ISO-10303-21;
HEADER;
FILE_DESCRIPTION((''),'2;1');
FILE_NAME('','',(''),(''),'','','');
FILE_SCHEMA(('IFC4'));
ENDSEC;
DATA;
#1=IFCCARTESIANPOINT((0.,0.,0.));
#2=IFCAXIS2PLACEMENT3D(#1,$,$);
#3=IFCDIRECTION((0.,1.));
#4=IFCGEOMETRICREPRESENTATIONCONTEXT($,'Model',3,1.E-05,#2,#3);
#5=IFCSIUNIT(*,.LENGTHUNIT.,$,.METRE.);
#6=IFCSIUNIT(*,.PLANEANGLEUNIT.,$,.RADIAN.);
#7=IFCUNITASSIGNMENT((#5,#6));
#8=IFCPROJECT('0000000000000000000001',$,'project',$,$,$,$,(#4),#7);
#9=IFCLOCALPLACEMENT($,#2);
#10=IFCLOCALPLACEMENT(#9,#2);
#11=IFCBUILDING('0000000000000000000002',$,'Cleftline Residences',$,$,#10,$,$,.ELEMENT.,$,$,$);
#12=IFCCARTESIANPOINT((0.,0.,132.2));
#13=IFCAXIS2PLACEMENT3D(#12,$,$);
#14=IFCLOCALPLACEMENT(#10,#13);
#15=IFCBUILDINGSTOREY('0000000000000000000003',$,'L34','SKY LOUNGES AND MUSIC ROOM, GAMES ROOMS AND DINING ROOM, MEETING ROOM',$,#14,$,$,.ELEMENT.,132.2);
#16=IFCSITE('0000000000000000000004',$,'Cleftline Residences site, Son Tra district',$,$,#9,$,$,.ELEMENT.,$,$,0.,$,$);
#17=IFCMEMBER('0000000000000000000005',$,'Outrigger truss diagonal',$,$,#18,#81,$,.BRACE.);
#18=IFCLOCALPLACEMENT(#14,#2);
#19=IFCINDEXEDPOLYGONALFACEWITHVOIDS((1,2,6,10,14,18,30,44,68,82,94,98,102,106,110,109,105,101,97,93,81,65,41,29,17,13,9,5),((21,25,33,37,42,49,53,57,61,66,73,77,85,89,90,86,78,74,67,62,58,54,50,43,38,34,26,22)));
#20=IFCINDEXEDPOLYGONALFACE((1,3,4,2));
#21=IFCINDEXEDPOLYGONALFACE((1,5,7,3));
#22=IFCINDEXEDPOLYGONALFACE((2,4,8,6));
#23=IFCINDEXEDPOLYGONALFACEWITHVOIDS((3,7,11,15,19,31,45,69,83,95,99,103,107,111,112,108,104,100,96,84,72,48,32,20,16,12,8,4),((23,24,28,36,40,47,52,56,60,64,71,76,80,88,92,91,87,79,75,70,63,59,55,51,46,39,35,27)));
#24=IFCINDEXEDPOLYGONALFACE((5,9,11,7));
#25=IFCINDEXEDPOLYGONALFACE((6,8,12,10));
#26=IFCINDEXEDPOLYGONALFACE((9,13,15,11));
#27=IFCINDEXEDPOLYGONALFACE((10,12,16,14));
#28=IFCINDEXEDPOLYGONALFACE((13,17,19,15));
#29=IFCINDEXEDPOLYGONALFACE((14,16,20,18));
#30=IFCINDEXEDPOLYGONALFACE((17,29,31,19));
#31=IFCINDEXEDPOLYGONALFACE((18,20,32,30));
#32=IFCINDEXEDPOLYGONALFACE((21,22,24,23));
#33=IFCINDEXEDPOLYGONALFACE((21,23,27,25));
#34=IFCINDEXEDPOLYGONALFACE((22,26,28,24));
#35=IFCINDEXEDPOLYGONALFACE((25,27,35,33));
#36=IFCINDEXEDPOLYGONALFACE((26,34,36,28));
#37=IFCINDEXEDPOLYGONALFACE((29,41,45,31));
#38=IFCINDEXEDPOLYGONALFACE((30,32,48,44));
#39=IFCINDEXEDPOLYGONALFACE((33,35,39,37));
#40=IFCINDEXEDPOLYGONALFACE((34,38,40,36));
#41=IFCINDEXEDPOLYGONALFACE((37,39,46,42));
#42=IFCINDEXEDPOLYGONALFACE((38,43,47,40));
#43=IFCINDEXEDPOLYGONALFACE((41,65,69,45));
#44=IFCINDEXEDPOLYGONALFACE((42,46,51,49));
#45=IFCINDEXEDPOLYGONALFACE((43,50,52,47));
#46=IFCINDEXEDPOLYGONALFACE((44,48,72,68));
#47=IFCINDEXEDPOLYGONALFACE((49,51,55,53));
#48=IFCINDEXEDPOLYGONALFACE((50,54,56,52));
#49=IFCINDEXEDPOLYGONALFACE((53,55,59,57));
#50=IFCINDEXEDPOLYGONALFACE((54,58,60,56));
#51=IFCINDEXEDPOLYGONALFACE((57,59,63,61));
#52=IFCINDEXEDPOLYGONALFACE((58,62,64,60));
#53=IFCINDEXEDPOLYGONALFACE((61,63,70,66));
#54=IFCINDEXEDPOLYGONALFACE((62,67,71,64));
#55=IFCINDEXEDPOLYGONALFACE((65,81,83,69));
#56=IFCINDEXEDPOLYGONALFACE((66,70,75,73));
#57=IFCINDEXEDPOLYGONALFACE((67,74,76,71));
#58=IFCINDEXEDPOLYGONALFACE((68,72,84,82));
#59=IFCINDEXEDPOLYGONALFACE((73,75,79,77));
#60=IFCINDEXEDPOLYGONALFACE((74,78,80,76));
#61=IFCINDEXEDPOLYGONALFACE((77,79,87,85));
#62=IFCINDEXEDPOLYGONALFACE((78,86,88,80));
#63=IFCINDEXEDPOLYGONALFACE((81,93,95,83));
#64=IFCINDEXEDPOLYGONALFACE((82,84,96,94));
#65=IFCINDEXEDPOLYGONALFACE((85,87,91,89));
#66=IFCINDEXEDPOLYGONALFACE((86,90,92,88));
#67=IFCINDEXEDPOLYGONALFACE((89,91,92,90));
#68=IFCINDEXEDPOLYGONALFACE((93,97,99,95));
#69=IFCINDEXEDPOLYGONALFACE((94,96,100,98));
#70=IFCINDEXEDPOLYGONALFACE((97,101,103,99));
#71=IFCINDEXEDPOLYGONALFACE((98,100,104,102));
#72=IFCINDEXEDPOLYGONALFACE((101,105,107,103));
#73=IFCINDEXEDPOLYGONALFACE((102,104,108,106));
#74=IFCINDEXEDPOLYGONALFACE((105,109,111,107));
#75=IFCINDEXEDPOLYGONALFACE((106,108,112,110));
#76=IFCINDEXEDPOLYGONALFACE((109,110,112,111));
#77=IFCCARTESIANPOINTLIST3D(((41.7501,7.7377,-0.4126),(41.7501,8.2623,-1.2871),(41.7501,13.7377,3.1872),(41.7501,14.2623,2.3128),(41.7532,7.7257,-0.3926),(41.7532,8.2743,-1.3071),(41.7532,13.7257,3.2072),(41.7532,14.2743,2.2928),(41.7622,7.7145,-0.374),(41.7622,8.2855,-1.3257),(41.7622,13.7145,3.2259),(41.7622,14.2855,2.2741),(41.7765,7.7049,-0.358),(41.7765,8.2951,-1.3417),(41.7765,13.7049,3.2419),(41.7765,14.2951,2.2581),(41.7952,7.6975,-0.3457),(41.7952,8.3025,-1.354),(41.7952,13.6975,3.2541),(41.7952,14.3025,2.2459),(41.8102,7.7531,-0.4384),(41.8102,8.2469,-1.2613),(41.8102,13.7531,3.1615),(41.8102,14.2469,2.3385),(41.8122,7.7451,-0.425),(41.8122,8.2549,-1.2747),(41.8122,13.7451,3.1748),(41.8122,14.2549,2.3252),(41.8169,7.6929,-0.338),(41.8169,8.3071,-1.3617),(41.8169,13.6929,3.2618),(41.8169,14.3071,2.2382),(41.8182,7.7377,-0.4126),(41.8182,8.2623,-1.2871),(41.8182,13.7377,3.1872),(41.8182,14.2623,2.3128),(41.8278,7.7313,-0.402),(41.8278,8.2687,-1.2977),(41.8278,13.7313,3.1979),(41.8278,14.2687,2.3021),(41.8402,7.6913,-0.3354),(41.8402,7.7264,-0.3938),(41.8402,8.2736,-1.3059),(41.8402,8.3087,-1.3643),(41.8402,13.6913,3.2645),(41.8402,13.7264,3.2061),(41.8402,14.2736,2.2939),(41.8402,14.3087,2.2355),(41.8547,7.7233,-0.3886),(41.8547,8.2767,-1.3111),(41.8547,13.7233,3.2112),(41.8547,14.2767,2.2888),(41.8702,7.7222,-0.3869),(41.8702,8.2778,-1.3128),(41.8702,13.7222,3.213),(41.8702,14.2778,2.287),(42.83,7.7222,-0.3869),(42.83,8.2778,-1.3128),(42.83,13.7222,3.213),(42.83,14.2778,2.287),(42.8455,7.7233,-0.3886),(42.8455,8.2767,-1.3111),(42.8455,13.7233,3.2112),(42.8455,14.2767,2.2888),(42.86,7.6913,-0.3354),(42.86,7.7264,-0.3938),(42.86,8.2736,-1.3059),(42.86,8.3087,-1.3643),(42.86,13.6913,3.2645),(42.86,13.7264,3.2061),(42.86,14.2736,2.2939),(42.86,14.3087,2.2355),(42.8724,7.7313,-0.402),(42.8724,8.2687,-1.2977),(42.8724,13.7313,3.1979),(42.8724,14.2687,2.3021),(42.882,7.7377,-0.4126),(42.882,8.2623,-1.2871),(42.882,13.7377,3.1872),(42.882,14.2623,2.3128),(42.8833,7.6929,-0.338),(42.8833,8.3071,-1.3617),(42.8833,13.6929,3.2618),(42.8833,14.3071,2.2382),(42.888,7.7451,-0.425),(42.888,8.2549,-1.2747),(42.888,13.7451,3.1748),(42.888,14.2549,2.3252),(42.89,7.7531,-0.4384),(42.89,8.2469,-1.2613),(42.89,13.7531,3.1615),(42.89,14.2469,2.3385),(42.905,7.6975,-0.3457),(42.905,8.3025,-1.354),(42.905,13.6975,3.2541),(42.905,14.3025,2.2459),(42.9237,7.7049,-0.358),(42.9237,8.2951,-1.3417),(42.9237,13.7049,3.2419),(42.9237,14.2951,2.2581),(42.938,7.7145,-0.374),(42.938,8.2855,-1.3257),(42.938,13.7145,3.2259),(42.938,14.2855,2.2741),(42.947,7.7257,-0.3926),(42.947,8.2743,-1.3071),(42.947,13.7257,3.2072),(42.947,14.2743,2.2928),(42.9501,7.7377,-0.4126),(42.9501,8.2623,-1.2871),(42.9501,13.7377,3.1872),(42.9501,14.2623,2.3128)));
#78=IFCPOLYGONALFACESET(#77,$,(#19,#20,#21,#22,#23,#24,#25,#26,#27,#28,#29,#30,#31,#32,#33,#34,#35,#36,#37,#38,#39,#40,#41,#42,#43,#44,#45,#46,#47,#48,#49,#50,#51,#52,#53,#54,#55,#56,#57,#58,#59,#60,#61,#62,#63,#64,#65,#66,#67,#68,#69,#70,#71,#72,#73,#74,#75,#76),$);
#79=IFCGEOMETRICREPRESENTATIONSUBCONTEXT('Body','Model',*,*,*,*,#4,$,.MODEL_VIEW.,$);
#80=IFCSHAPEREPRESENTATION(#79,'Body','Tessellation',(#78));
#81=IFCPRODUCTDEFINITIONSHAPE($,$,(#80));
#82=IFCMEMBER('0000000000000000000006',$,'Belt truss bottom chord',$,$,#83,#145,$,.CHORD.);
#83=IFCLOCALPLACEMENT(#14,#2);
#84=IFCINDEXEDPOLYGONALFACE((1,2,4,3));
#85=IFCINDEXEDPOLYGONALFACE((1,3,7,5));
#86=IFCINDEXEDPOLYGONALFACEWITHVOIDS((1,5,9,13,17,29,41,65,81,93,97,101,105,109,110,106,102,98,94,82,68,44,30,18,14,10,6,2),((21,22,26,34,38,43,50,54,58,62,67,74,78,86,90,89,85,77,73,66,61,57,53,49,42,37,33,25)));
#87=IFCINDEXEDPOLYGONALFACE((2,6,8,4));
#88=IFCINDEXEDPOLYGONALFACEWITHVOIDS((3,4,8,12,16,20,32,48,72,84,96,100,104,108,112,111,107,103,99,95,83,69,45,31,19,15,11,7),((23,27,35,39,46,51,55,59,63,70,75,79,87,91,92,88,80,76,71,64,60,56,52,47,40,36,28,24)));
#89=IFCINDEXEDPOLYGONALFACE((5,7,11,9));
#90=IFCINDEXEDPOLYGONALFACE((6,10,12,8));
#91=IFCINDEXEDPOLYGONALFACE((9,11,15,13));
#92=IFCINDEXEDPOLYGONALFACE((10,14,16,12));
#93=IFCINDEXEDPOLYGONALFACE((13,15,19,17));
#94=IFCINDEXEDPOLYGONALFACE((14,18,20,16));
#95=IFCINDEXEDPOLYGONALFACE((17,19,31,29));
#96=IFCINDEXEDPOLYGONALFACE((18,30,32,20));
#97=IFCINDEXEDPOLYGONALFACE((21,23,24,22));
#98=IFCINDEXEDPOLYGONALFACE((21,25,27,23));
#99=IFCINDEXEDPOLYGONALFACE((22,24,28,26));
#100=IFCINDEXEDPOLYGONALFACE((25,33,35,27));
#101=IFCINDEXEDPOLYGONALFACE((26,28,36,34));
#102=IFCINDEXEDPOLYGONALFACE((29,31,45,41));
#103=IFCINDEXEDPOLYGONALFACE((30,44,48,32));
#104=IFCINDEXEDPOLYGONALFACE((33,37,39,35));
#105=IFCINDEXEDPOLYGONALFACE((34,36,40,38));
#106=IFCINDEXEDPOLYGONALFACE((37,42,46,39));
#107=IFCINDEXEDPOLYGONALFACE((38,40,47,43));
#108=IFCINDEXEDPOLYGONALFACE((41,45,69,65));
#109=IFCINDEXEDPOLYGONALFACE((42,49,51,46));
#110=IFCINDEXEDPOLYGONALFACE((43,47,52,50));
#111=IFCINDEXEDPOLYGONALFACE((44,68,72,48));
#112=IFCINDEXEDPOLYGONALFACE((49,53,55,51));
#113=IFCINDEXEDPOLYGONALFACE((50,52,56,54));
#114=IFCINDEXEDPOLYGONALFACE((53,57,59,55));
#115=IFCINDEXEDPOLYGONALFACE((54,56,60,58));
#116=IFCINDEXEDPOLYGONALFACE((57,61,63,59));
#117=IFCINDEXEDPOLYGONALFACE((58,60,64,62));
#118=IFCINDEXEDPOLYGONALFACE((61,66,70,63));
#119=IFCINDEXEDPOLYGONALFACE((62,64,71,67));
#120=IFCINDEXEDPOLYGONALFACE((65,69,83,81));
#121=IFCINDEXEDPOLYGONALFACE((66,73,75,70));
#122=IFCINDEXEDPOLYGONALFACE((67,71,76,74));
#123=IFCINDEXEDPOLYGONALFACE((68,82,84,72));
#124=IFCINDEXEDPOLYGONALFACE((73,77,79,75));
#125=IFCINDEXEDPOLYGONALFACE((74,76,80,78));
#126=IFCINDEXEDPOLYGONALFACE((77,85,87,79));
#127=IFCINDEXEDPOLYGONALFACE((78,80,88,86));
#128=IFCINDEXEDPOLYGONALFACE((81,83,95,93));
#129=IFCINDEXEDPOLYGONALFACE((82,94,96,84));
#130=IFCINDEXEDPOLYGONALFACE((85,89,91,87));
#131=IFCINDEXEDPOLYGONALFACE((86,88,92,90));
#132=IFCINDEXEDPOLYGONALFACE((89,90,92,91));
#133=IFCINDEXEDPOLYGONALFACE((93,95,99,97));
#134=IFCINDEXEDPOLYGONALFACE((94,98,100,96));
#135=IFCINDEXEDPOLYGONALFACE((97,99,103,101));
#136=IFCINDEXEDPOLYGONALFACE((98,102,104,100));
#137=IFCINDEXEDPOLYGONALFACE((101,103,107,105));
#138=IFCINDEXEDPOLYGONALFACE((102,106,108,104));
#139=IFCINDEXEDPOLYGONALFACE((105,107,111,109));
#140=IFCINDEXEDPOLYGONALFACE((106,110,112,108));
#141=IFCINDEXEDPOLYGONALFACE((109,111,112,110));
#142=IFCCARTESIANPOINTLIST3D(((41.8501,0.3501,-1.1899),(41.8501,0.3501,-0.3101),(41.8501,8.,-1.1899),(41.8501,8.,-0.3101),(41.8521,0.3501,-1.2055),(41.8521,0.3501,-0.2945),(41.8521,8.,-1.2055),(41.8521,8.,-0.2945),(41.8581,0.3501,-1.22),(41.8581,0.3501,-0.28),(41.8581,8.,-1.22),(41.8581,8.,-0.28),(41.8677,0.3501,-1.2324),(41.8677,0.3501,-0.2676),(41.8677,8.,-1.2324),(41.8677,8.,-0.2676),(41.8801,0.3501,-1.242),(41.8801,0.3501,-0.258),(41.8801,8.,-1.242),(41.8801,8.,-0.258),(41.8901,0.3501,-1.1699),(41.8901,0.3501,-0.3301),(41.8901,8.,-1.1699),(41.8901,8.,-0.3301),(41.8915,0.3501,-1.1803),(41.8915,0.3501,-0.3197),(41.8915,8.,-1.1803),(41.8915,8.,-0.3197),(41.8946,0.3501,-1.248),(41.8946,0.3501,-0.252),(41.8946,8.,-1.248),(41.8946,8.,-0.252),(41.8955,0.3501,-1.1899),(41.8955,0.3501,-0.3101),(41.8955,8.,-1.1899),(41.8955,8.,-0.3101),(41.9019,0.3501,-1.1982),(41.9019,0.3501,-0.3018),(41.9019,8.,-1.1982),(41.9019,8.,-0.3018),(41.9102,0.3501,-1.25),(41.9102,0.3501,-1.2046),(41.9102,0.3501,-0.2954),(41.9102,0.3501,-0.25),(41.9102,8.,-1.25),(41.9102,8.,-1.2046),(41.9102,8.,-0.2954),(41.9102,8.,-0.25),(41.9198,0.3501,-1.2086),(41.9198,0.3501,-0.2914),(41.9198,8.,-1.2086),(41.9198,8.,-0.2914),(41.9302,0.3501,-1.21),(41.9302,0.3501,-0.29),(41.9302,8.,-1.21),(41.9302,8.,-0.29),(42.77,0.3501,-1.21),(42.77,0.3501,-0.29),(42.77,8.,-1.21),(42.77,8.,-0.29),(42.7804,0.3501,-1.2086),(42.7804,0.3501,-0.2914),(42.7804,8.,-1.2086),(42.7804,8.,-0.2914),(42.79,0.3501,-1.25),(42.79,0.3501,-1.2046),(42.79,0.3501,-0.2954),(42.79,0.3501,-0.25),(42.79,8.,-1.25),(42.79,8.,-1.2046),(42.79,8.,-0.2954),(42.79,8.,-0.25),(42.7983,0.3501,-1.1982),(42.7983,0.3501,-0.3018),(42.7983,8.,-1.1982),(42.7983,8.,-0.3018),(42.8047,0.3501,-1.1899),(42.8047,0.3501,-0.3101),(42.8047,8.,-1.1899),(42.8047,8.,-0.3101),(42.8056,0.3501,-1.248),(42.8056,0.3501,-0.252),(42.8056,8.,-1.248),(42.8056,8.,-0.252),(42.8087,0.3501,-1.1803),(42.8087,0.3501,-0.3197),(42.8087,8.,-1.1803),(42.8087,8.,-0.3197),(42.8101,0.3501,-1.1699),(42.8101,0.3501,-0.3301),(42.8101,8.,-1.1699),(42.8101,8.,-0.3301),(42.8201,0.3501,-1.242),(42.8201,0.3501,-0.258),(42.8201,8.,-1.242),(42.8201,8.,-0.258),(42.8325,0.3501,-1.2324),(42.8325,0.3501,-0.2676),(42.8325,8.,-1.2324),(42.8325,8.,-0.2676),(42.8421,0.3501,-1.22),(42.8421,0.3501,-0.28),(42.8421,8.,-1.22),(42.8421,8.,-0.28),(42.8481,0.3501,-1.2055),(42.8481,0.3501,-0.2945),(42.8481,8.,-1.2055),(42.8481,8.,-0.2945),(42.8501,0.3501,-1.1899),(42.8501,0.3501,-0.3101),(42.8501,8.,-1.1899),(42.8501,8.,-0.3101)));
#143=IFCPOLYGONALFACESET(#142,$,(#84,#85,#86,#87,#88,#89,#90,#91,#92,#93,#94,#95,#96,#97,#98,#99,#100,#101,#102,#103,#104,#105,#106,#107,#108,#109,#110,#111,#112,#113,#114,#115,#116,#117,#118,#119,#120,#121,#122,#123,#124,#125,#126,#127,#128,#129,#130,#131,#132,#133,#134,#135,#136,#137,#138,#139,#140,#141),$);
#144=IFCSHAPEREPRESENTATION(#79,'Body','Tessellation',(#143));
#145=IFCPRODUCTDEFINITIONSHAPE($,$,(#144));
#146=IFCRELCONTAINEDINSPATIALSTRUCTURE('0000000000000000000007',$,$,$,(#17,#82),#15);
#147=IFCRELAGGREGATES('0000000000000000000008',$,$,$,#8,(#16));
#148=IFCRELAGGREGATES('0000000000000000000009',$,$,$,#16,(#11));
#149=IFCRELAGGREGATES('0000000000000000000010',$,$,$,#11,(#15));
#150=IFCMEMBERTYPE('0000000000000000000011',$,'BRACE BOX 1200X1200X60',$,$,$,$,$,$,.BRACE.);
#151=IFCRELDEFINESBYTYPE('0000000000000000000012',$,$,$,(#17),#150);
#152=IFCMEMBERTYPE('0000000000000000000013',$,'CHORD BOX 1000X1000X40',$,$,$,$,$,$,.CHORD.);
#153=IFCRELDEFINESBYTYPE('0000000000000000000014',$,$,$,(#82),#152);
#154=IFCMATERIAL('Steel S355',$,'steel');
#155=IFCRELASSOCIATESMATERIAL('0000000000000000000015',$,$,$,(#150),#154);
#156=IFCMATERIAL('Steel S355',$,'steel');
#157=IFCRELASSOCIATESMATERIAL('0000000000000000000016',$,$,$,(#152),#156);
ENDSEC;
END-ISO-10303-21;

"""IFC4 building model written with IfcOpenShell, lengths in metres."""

from ifc_helpers import new_model, si_unit, direction, frame, origin, origin_2d, place, context, subcontext, project, spatial, hollow_rectangle, extrude, material, material_profile, profile_set, type_object, element, save


model = new_model("IFC4")

# Units and contexts
model_context = context("Model", 3, precision=1e-05, world=origin(), true_north=direction((0.0, 1.0)))
body_context = subcontext(model_context, "Body", "Model", "MODEL_VIEW")
ifc_project = project(units=[si_unit("LENGTHUNIT", "METRE"), si_unit("PLANEANGLEUNIT", "RADIAN")], contexts=[model_context])

# Site, building, storey
site_placement = place(None, origin())
site = spatial("IfcSite", under=ifc_project, at=site_placement, Name="Cleftline Residences site, Son Tra district", CompositionType="ELEMENT", RefElevation=0.0)
building_placement = place(site_placement, origin())
building = spatial("IfcBuilding", under=site, at=building_placement, Name="Cleftline Residences", CompositionType="ELEMENT")
storey_placement = place(building_placement, frame((0.0, 0.0, 132.2)))
storey = spatial("IfcBuildingStorey", under=building, at=storey_placement, Name="L34", Description="SKY LOUNGES AND MUSIC ROOM, GAMES ROOMS AND DINING ROOM, MEETING ROOM", CompositionType="ELEMENT", Elevation=132.2)

# Members
ifc_material_1 = material(Name="Steel S355", Category="steel")
ifc_material_profile_1 = material_profile(ifc_material_1, hollow_rectangle(XDim=1.2, YDim=1.2, WallThickness=0.0601, InnerFilletRadius=0.0601, OuterFilletRadius=0.0901, at=origin_2d()))
ifc_profile_set_1 = profile_set([ifc_material_profile_1], Name="Steel S355")
member_type_1 = type_object("IfcMemberType", Name="BRACE BOX 1200X1200X60", PredefinedType="BRACE", material=ifc_profile_set_1)
member_1_placement = place(storey_placement, frame((42.3501, 8.0, -0.8499), z_axis=(0.0, 0.857502, 0.51448), x_axis=(0.0, -0.51448, 0.857502)))
element("IfcMember", 1, at=member_1_placement, inside=storey, type_object=member_type_1, Name="Outrigger truss diagonal", PredefinedType="BRACE", context=body_context, shape_type="SweptSolid", body=[
    extrude(hollow_rectangle(XDim=1.2, YDim=1.2, WallThickness=0.0601, InnerFilletRadius=0.0601, OuterFilletRadius=0.0901, at=origin_2d()), origin(), (0.0, 0.0, 1.0), 6.9971),
])
ifc_material_2 = material(Name="Steel S355", Category="steel")
ifc_material_profile_2 = material_profile(ifc_material_2, hollow_rectangle(XDim=1.0, YDim=1.0, WallThickness=0.04, InnerFilletRadius=0.04, OuterFilletRadius=0.0601, at=origin_2d()))
ifc_profile_set_2 = profile_set([ifc_material_profile_2], Name="Steel S355")
member_type_2 = type_object("IfcMemberType", Name="CHORD BOX 1000X1000X40", PredefinedType="CHORD", material=ifc_profile_set_2)
for number, where, z_axis, x_axis, name in (
    (2, (42.3501, 0.3501, -0.75), (0.0, 1.0, 0.0), (-1.0, 0.0, 0.0), "Belt truss bottom chord"),
):
    element("IfcMember", number, at=place(storey_placement, frame(where, z_axis=z_axis, x_axis=x_axis)), inside=storey, type_object=member_type_2, Name=name, PredefinedType="CHORD", context=body_context, shape_type="SweptSolid", body=[
        extrude(hollow_rectangle(XDim=1.0, YDim=1.0, WallThickness=0.04, InnerFilletRadius=0.04, OuterFilletRadius=0.0601, at=origin_2d()), origin(), (0.0, 0.0, 1.0), 7.6499),
    ])

save(model, "model.ifc")
